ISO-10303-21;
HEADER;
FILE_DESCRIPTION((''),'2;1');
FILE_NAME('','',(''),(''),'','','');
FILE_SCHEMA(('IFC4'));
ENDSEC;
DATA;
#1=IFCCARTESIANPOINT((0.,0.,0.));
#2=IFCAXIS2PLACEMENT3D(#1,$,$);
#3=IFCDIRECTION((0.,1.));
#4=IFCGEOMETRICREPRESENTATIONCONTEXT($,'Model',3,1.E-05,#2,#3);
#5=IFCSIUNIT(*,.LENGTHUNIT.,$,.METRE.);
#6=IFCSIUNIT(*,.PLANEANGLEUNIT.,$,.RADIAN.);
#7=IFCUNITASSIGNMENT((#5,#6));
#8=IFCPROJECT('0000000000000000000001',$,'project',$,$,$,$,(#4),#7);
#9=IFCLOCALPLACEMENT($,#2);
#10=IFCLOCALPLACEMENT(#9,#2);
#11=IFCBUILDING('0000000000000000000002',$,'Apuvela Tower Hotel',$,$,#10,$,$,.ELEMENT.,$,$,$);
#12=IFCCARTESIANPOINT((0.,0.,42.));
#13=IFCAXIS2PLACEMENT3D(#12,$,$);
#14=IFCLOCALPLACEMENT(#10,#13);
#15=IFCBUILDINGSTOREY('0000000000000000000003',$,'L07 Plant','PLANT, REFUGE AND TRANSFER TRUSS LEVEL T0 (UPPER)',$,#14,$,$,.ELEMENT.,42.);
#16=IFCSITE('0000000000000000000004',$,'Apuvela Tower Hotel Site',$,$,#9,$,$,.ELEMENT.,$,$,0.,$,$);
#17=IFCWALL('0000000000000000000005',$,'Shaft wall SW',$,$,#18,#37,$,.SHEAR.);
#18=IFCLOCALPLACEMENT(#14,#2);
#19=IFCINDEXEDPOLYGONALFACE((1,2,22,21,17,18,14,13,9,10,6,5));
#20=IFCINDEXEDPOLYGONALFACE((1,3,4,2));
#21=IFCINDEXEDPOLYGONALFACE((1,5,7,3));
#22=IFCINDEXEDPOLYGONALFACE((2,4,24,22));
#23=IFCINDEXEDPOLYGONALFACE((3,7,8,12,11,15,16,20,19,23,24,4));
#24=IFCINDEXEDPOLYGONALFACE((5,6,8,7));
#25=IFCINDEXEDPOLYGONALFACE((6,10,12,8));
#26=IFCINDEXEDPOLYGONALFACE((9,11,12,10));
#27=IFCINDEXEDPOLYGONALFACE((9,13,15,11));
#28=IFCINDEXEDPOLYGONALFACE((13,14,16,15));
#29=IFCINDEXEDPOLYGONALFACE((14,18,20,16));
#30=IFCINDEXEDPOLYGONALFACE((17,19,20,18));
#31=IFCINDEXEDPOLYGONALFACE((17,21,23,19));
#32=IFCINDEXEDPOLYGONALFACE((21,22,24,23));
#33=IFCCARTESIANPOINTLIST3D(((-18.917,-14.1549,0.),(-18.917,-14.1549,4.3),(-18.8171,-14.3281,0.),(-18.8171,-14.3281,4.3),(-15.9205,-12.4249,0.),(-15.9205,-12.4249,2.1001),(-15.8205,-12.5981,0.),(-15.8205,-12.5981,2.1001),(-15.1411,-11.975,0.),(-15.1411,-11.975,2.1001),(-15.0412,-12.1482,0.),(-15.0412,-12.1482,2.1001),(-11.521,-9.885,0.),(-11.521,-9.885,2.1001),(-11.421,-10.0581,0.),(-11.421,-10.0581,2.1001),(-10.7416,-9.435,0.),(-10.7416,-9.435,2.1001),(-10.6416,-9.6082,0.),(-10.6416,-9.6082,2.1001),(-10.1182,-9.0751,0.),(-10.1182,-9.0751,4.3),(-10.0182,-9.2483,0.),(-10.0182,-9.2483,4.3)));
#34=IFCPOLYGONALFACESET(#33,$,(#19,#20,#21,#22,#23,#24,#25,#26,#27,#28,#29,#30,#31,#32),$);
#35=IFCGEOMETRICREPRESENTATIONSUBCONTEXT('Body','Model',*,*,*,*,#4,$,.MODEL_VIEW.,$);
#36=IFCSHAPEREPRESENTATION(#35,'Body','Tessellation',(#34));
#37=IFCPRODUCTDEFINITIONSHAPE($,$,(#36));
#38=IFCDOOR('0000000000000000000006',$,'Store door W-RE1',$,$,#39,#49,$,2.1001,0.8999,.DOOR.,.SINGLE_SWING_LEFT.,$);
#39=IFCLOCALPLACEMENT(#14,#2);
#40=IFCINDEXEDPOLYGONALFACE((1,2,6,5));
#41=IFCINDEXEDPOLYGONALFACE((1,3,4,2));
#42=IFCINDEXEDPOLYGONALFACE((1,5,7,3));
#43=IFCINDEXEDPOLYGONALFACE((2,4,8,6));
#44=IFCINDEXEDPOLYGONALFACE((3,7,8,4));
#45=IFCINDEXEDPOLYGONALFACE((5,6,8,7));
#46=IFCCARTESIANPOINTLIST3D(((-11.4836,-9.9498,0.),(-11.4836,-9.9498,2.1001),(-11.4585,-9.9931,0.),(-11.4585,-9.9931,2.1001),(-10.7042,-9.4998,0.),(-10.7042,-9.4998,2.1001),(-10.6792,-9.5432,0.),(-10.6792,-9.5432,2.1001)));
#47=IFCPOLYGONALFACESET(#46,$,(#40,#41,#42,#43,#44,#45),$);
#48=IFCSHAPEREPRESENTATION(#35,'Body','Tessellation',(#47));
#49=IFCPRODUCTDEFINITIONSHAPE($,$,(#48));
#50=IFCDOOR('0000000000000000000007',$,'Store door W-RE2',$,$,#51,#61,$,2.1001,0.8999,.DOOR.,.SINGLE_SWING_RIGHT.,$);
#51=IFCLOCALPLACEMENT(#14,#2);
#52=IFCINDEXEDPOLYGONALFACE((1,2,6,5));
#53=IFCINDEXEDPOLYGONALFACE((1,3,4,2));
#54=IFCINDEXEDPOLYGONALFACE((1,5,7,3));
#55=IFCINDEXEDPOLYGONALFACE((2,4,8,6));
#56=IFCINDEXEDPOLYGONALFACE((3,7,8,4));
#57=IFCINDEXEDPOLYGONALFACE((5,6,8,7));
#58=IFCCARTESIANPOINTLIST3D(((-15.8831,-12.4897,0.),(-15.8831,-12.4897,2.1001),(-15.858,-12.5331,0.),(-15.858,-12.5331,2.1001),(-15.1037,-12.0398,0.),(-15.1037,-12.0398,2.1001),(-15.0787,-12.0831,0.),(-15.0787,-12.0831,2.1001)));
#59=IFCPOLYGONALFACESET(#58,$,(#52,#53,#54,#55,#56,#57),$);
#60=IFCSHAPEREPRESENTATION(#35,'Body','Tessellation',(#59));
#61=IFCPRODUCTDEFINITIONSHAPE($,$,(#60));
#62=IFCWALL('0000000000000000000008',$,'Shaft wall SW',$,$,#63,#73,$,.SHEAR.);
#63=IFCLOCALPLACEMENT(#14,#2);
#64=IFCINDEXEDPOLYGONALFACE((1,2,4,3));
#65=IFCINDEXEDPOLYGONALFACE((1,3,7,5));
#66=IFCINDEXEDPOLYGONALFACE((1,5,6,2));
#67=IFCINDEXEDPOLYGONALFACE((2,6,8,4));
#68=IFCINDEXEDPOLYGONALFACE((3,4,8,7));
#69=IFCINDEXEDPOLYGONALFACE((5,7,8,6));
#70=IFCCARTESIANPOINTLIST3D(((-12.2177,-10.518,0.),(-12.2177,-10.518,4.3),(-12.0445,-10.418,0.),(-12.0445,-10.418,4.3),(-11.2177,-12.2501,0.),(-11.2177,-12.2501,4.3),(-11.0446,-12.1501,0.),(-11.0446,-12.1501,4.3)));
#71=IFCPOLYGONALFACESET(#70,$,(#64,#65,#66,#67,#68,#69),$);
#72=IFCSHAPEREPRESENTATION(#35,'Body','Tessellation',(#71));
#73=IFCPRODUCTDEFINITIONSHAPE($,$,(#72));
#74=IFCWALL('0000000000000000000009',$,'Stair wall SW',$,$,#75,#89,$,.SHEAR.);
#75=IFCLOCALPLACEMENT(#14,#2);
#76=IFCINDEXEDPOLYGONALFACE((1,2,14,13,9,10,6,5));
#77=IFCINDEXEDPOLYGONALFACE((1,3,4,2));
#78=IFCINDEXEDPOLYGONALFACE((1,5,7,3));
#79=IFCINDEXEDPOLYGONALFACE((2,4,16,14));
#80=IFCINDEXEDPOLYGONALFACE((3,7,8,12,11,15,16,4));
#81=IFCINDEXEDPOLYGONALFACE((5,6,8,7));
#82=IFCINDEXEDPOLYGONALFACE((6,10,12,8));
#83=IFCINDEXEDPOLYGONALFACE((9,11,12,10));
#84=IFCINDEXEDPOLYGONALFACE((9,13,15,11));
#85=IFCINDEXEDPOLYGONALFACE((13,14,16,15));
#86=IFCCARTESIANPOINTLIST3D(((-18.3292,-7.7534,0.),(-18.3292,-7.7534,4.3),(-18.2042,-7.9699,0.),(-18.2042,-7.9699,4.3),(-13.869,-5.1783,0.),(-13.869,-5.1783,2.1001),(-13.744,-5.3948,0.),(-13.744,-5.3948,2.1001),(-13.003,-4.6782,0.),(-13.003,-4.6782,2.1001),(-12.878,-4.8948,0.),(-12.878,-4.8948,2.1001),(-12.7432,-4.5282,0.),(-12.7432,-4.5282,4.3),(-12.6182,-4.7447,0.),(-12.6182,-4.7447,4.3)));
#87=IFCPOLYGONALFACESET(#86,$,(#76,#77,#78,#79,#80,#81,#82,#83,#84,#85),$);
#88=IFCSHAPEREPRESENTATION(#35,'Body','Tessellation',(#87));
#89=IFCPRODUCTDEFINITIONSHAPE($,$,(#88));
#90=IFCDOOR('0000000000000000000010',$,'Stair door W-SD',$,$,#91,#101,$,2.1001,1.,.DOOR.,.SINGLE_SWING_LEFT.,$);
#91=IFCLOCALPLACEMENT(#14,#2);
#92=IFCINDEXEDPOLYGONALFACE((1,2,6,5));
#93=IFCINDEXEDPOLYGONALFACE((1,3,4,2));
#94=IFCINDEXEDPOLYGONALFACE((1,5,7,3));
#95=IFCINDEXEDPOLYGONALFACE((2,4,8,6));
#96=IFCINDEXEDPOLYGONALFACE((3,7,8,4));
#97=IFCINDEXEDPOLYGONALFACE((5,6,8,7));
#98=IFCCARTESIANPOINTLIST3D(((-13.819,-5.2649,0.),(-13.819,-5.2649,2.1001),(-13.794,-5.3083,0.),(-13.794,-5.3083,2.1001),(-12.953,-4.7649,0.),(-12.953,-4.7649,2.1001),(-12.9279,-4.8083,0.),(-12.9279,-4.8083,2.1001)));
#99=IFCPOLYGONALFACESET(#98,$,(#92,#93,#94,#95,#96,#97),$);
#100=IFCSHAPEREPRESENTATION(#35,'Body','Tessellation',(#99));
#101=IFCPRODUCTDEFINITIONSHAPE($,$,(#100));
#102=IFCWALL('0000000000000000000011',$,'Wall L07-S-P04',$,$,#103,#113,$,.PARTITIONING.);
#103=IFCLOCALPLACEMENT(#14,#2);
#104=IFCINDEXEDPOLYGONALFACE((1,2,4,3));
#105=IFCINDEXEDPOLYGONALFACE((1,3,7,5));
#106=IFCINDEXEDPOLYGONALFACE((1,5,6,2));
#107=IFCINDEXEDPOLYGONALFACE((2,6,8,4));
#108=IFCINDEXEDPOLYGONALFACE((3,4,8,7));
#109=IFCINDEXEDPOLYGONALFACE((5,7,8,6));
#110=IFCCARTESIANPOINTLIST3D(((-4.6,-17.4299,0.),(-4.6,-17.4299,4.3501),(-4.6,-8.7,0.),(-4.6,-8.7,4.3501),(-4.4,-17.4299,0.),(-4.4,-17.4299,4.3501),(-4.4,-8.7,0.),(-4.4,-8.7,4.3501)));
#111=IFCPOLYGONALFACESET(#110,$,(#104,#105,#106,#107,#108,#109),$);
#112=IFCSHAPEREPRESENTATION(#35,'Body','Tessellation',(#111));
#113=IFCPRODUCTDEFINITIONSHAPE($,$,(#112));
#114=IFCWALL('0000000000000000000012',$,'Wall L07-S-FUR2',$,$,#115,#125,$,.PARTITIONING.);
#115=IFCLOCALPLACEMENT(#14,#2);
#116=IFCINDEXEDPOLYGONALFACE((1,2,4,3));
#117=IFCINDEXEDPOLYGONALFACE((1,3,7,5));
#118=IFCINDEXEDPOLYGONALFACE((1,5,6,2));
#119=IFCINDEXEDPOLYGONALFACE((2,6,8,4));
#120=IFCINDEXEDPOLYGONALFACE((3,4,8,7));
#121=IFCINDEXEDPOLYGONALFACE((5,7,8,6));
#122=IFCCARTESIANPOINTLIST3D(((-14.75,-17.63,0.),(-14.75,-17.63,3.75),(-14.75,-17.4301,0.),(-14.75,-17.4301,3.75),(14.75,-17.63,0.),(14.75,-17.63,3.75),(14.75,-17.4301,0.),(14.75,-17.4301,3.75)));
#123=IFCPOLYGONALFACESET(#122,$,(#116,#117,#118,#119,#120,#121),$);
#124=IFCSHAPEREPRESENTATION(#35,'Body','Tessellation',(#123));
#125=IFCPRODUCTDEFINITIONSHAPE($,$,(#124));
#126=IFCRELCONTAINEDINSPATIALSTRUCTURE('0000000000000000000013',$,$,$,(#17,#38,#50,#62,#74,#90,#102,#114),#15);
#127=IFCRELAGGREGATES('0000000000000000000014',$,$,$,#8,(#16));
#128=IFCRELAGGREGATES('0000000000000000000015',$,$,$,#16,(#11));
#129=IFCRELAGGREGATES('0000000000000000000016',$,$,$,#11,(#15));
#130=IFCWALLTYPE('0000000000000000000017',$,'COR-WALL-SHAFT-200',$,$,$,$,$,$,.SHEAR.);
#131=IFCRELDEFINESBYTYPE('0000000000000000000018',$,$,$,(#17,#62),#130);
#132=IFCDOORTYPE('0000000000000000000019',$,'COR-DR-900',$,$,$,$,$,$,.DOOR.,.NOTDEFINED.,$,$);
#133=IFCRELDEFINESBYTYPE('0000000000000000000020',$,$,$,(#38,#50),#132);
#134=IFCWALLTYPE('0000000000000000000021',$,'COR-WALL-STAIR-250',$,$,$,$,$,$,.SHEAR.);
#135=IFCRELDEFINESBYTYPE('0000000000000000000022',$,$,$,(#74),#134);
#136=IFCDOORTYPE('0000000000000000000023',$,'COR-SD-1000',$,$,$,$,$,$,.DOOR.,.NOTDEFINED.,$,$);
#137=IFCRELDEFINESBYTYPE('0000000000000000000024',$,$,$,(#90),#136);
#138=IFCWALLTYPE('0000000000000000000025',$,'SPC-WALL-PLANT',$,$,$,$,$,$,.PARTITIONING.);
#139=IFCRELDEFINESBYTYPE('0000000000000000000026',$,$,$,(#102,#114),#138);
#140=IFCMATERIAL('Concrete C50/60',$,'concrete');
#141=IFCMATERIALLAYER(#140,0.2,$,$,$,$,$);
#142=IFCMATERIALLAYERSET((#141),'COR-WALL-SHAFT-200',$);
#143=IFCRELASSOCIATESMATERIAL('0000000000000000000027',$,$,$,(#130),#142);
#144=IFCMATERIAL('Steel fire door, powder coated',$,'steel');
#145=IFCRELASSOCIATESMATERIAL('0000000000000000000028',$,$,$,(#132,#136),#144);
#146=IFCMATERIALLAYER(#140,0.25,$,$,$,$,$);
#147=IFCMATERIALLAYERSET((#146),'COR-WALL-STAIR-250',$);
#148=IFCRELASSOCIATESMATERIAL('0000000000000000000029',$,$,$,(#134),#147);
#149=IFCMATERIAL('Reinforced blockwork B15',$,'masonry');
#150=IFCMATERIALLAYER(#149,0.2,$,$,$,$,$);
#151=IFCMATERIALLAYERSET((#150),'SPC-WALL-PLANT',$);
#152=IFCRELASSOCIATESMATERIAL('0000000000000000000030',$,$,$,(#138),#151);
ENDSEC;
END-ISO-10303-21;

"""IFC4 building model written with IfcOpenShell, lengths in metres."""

from ifc_helpers import new_model, si_unit, direction, frame, frame_2d, origin, place, context, subcontext, project, spatial, rectangle, extrude, material, layer, layer_set, type_object, element, fill, save


model = new_model("IFC4")

# Units and contexts
model_context = context("Model", 3, precision=1e-05, world=origin(), true_north=direction((0.0, 1.0)))
body_context = subcontext(model_context, "Body", "Model", "MODEL_VIEW")
ifc_project = project(units=[si_unit("LENGTHUNIT", "METRE"), si_unit("PLANEANGLEUNIT", "RADIAN")], contexts=[model_context])

# Site, building, storey
site_placement = place(None, origin())
site = spatial("IfcSite", under=ifc_project, at=site_placement, Name="Apuvela Tower Hotel Site", CompositionType="ELEMENT", RefElevation=0.0)
building_placement = place(site_placement, origin())
building = spatial("IfcBuilding", under=site, at=building_placement, Name="Apuvela Tower Hotel", CompositionType="ELEMENT")
storey_placement = place(building_placement, frame((0.0, 0.0, 42.0)))
storey = spatial("IfcBuildingStorey", under=building, at=storey_placement, Name="L07 Plant", Description="PLANT, REFUGE AND TRANSFER TRUSS LEVEL T0 (UPPER)", CompositionType="ELEMENT", Elevation=42.0)

# Shared definitions
ifc_material_1 = material(Name="Concrete C50/60", Category="concrete")

# Shared definitions
ifc_layer_1 = layer(ifc_material_1, 0.2)
ifc_layer_set_1 = layer_set([ifc_layer_1], Name="COR-WALL-SHAFT-200")
wall_type_1 = type_object("IfcWallType", Name="COR-WALL-SHAFT-200", PredefinedType="SHEAR", material=ifc_layer_set_1)

# Wall, openings, doors
wall_1_placement = place(storey_placement, frame((-10.0681, -9.1616, 0.0), z_axis=(0.0, 0.0, 1.0), x_axis=(-0.866033, -0.499987, 0.0)))
wall_1 = element("IfcWall", 1, at=wall_1_placement, inside=storey, type_object=wall_type_1, Name="Shaft wall SW", PredefinedType="SHEAR", context=body_context, shape_type="SweptSolid", body=[
    extrude(rectangle(XDim=10.1599, YDim=0.2, at=frame_2d((5.0801, 0.0))), origin(), (0.0, 0.0, 1.0), 4.3),
])
opening_1_placement = place(wall_1_placement, frame((0.72, 0.0, 0.0)))
opening_1 = element("IfcOpeningElement", 2, at=opening_1_placement, cuts=wall_1, PredefinedType="OPENING", context=body_context, shape_type="SweptSolid", body=[
    extrude(rectangle(XDim=0.8999, YDim=2.1001, at=frame_2d((0.45, 1.05))), frame((0.0, 0.1099, 0.0), z_axis=(0.0, -1.0, 0.0), x_axis=(1.0, 0.0, 0.0)), (0.0, 0.0, 1.0), 0.22),
])
opening_2_placement = place(wall_1_placement, frame((5.8, 0.0, 0.0)))
opening_2 = element("IfcOpeningElement", 3, at=opening_2_placement, cuts=wall_1, PredefinedType="OPENING", context=body_context, shape_type="SweptSolid", body=[
    extrude(rectangle(XDim=0.8999, YDim=2.1001, at=frame_2d((0.45, 1.05))), frame((0.0, 0.1099, 0.0), z_axis=(0.0, -1.0, 0.0), x_axis=(1.0, 0.0, 0.0)), (0.0, 0.0, 1.0), 0.22),
])
ifc_material_2 = material(Name="Steel fire door, powder coated", Category="steel")
door_type_1 = type_object("IfcDoorType", Name="COR-DR-900", OperationType="NOTDEFINED", PredefinedType="DOOR", material=ifc_material_2)
door_1_placement = place(opening_1_placement, origin())
door_1 = element("IfcDoor", 4, at=door_1_placement, inside=storey, type_object=door_type_1, Name="Store door W-RE1", OperationType="SINGLE_SWING_LEFT", OverallHeight=2.1001, OverallWidth=0.8999, PredefinedType="DOOR", context=body_context, shape_type="SweptSolid", body=[
    extrude(rectangle(XDim=0.8999, YDim=2.1001, at=frame_2d((0.45, 1.05))), frame((0.0, 0.0249, 0.0), z_axis=(0.0, -1.0, 0.0), x_axis=(1.0, 0.0, 0.0)), (0.0, 0.0, 1.0), 0.05),
])
fill(opening_1, door_1)
door_2_placement = place(opening_2_placement, origin())
door_2 = element("IfcDoor", 5, at=door_2_placement, inside=storey, type_object=door_type_1, Name="Store door W-RE2", OperationType="SINGLE_SWING_RIGHT", OverallHeight=2.1001, OverallWidth=0.8999, PredefinedType="DOOR", context=body_context, shape_type="SweptSolid", body=[
    extrude(rectangle(XDim=0.8999, YDim=2.1001, at=frame_2d((0.45, 1.05))), frame((0.0, 0.0249, 0.0), z_axis=(0.0, -1.0, 0.0), x_axis=(1.0, 0.0, 0.0)), (0.0, 0.0, 1.0), 0.05),
])
fill(opening_2, door_2)

# Wall
wall_2_placement = place(storey_placement, frame((-12.1311, -10.468, 0.0), z_axis=(0.0, 0.0, 1.0), x_axis=(0.499973, -0.866041, 0.0)))
element("IfcWall", 6, at=wall_2_placement, inside=storey, type_object=wall_type_1, Name="Shaft wall SW", PredefinedType="SHEAR", context=body_context, shape_type="SweptSolid", body=[
    extrude(rectangle(XDim=2.0, YDim=0.2, at=frame_2d((1.0, 0.0))), origin(), (0.0, 0.0, 1.0), 4.3),
])

# Wall, opening, door
ifc_layer_2 = layer(ifc_material_1, 0.25)
ifc_layer_set_2 = layer_set([ifc_layer_2], Name="COR-WALL-STAIR-250")
wall_type_2 = type_object("IfcWallType", Name="COR-WALL-STAIR-250", PredefinedType="SHEAR", material=ifc_layer_set_2)
wall_3_placement = place(storey_placement, frame((-12.6807, -4.6365, 0.0), z_axis=(0.0, 0.0, 1.0), x_axis=(-0.866022, -0.500006, 0.0)))
wall_3 = element("IfcWall", 7, at=wall_3_placement, inside=storey, type_object=wall_type_2, Name="Stair wall SW", PredefinedType="SHEAR", context=body_context, shape_type="SweptSolid", body=[
    extrude(rectangle(XDim=6.4502, YDim=0.25, at=frame_2d((3.2251, 0.0))), origin(), (0.0, 0.0, 1.0), 4.3),
])
opening_3_placement = place(wall_3_placement, frame((0.3, 0.0, 0.0)))
opening_3 = element("IfcOpeningElement", 8, at=opening_3_placement, cuts=wall_3, PredefinedType="OPENING", context=body_context, shape_type="SweptSolid", body=[
    extrude(rectangle(XDim=1.0, YDim=2.1001, at=frame_2d((0.5, 1.05))), frame((0.0, 0.135, 0.0), z_axis=(0.0, -1.0, 0.0), x_axis=(1.0, 0.0, 0.0)), (0.0, 0.0, 1.0), 0.27),
])
door_type_2 = type_object("IfcDoorType", Name="COR-SD-1000", OperationType="NOTDEFINED", PredefinedType="DOOR", material=ifc_material_2)
door_3_placement = place(opening_3_placement, frame((1.0, 0.0, 0.0), z_axis=(0.0, 0.0, 1.0), x_axis=(-1.0, 0.0, 0.0)))
door_3 = element("IfcDoor", 9, at=door_3_placement, inside=storey, type_object=door_type_2, Name="Stair door W-SD", OperationType="SINGLE_SWING_LEFT", OverallHeight=2.1001, OverallWidth=1.0, PredefinedType="DOOR", context=body_context, shape_type="SweptSolid", body=[
    extrude(rectangle(XDim=1.0, YDim=2.1001, at=frame_2d((0.5, 1.05))), frame((0.0, 0.0249, 0.0), z_axis=(0.0, -1.0, 0.0), x_axis=(1.0, 0.0, 0.0)), (0.0, 0.0, 1.0), 0.05),
])
fill(opening_3, door_3)

# Walls
ifc_material_3 = material(Name="Reinforced blockwork B15", Category="masonry")
ifc_layer_3 = layer(ifc_material_3, 0.2)
ifc_layer_set_3 = layer_set([ifc_layer_3], Name="SPC-WALL-PLANT")
wall_type_3 = type_object("IfcWallType", Name="SPC-WALL-PLANT", PredefinedType="PARTITIONING", material=ifc_layer_set_3)
wall_4_placement = place(storey_placement, frame((-4.5, -17.4299, 0.0), z_axis=(0.0, 0.0, 1.0), x_axis=(0.0, 1.0, 0.0)))
element("IfcWall", 10, at=wall_4_placement, inside=storey, type_object=wall_type_3, Name="Wall L07-S-P04", PredefinedType="PARTITIONING", context=body_context, shape_type="SweptSolid", body=[
    extrude(rectangle(XDim=8.73, YDim=0.2, at=frame_2d((4.365, 0.0))), origin(), (0.0, 0.0, 1.0), 4.3501),
])
wall_5_placement = place(storey_placement, frame((-14.75, -17.53, 0.0), z_axis=(0.0, 0.0, 1.0), x_axis=(1.0, 0.0, 0.0)))
element("IfcWall", 11, at=wall_5_placement, inside=storey, type_object=wall_type_3, Name="Wall L07-S-FUR2", PredefinedType="PARTITIONING", context=body_context, shape_type="SweptSolid", body=[
    extrude(rectangle(XDim=29.5, YDim=0.2, at=frame_2d((14.75, 0.0))), origin(), (0.0, 0.0, 1.0), 3.75),
])

save(model, "model.ifc")
